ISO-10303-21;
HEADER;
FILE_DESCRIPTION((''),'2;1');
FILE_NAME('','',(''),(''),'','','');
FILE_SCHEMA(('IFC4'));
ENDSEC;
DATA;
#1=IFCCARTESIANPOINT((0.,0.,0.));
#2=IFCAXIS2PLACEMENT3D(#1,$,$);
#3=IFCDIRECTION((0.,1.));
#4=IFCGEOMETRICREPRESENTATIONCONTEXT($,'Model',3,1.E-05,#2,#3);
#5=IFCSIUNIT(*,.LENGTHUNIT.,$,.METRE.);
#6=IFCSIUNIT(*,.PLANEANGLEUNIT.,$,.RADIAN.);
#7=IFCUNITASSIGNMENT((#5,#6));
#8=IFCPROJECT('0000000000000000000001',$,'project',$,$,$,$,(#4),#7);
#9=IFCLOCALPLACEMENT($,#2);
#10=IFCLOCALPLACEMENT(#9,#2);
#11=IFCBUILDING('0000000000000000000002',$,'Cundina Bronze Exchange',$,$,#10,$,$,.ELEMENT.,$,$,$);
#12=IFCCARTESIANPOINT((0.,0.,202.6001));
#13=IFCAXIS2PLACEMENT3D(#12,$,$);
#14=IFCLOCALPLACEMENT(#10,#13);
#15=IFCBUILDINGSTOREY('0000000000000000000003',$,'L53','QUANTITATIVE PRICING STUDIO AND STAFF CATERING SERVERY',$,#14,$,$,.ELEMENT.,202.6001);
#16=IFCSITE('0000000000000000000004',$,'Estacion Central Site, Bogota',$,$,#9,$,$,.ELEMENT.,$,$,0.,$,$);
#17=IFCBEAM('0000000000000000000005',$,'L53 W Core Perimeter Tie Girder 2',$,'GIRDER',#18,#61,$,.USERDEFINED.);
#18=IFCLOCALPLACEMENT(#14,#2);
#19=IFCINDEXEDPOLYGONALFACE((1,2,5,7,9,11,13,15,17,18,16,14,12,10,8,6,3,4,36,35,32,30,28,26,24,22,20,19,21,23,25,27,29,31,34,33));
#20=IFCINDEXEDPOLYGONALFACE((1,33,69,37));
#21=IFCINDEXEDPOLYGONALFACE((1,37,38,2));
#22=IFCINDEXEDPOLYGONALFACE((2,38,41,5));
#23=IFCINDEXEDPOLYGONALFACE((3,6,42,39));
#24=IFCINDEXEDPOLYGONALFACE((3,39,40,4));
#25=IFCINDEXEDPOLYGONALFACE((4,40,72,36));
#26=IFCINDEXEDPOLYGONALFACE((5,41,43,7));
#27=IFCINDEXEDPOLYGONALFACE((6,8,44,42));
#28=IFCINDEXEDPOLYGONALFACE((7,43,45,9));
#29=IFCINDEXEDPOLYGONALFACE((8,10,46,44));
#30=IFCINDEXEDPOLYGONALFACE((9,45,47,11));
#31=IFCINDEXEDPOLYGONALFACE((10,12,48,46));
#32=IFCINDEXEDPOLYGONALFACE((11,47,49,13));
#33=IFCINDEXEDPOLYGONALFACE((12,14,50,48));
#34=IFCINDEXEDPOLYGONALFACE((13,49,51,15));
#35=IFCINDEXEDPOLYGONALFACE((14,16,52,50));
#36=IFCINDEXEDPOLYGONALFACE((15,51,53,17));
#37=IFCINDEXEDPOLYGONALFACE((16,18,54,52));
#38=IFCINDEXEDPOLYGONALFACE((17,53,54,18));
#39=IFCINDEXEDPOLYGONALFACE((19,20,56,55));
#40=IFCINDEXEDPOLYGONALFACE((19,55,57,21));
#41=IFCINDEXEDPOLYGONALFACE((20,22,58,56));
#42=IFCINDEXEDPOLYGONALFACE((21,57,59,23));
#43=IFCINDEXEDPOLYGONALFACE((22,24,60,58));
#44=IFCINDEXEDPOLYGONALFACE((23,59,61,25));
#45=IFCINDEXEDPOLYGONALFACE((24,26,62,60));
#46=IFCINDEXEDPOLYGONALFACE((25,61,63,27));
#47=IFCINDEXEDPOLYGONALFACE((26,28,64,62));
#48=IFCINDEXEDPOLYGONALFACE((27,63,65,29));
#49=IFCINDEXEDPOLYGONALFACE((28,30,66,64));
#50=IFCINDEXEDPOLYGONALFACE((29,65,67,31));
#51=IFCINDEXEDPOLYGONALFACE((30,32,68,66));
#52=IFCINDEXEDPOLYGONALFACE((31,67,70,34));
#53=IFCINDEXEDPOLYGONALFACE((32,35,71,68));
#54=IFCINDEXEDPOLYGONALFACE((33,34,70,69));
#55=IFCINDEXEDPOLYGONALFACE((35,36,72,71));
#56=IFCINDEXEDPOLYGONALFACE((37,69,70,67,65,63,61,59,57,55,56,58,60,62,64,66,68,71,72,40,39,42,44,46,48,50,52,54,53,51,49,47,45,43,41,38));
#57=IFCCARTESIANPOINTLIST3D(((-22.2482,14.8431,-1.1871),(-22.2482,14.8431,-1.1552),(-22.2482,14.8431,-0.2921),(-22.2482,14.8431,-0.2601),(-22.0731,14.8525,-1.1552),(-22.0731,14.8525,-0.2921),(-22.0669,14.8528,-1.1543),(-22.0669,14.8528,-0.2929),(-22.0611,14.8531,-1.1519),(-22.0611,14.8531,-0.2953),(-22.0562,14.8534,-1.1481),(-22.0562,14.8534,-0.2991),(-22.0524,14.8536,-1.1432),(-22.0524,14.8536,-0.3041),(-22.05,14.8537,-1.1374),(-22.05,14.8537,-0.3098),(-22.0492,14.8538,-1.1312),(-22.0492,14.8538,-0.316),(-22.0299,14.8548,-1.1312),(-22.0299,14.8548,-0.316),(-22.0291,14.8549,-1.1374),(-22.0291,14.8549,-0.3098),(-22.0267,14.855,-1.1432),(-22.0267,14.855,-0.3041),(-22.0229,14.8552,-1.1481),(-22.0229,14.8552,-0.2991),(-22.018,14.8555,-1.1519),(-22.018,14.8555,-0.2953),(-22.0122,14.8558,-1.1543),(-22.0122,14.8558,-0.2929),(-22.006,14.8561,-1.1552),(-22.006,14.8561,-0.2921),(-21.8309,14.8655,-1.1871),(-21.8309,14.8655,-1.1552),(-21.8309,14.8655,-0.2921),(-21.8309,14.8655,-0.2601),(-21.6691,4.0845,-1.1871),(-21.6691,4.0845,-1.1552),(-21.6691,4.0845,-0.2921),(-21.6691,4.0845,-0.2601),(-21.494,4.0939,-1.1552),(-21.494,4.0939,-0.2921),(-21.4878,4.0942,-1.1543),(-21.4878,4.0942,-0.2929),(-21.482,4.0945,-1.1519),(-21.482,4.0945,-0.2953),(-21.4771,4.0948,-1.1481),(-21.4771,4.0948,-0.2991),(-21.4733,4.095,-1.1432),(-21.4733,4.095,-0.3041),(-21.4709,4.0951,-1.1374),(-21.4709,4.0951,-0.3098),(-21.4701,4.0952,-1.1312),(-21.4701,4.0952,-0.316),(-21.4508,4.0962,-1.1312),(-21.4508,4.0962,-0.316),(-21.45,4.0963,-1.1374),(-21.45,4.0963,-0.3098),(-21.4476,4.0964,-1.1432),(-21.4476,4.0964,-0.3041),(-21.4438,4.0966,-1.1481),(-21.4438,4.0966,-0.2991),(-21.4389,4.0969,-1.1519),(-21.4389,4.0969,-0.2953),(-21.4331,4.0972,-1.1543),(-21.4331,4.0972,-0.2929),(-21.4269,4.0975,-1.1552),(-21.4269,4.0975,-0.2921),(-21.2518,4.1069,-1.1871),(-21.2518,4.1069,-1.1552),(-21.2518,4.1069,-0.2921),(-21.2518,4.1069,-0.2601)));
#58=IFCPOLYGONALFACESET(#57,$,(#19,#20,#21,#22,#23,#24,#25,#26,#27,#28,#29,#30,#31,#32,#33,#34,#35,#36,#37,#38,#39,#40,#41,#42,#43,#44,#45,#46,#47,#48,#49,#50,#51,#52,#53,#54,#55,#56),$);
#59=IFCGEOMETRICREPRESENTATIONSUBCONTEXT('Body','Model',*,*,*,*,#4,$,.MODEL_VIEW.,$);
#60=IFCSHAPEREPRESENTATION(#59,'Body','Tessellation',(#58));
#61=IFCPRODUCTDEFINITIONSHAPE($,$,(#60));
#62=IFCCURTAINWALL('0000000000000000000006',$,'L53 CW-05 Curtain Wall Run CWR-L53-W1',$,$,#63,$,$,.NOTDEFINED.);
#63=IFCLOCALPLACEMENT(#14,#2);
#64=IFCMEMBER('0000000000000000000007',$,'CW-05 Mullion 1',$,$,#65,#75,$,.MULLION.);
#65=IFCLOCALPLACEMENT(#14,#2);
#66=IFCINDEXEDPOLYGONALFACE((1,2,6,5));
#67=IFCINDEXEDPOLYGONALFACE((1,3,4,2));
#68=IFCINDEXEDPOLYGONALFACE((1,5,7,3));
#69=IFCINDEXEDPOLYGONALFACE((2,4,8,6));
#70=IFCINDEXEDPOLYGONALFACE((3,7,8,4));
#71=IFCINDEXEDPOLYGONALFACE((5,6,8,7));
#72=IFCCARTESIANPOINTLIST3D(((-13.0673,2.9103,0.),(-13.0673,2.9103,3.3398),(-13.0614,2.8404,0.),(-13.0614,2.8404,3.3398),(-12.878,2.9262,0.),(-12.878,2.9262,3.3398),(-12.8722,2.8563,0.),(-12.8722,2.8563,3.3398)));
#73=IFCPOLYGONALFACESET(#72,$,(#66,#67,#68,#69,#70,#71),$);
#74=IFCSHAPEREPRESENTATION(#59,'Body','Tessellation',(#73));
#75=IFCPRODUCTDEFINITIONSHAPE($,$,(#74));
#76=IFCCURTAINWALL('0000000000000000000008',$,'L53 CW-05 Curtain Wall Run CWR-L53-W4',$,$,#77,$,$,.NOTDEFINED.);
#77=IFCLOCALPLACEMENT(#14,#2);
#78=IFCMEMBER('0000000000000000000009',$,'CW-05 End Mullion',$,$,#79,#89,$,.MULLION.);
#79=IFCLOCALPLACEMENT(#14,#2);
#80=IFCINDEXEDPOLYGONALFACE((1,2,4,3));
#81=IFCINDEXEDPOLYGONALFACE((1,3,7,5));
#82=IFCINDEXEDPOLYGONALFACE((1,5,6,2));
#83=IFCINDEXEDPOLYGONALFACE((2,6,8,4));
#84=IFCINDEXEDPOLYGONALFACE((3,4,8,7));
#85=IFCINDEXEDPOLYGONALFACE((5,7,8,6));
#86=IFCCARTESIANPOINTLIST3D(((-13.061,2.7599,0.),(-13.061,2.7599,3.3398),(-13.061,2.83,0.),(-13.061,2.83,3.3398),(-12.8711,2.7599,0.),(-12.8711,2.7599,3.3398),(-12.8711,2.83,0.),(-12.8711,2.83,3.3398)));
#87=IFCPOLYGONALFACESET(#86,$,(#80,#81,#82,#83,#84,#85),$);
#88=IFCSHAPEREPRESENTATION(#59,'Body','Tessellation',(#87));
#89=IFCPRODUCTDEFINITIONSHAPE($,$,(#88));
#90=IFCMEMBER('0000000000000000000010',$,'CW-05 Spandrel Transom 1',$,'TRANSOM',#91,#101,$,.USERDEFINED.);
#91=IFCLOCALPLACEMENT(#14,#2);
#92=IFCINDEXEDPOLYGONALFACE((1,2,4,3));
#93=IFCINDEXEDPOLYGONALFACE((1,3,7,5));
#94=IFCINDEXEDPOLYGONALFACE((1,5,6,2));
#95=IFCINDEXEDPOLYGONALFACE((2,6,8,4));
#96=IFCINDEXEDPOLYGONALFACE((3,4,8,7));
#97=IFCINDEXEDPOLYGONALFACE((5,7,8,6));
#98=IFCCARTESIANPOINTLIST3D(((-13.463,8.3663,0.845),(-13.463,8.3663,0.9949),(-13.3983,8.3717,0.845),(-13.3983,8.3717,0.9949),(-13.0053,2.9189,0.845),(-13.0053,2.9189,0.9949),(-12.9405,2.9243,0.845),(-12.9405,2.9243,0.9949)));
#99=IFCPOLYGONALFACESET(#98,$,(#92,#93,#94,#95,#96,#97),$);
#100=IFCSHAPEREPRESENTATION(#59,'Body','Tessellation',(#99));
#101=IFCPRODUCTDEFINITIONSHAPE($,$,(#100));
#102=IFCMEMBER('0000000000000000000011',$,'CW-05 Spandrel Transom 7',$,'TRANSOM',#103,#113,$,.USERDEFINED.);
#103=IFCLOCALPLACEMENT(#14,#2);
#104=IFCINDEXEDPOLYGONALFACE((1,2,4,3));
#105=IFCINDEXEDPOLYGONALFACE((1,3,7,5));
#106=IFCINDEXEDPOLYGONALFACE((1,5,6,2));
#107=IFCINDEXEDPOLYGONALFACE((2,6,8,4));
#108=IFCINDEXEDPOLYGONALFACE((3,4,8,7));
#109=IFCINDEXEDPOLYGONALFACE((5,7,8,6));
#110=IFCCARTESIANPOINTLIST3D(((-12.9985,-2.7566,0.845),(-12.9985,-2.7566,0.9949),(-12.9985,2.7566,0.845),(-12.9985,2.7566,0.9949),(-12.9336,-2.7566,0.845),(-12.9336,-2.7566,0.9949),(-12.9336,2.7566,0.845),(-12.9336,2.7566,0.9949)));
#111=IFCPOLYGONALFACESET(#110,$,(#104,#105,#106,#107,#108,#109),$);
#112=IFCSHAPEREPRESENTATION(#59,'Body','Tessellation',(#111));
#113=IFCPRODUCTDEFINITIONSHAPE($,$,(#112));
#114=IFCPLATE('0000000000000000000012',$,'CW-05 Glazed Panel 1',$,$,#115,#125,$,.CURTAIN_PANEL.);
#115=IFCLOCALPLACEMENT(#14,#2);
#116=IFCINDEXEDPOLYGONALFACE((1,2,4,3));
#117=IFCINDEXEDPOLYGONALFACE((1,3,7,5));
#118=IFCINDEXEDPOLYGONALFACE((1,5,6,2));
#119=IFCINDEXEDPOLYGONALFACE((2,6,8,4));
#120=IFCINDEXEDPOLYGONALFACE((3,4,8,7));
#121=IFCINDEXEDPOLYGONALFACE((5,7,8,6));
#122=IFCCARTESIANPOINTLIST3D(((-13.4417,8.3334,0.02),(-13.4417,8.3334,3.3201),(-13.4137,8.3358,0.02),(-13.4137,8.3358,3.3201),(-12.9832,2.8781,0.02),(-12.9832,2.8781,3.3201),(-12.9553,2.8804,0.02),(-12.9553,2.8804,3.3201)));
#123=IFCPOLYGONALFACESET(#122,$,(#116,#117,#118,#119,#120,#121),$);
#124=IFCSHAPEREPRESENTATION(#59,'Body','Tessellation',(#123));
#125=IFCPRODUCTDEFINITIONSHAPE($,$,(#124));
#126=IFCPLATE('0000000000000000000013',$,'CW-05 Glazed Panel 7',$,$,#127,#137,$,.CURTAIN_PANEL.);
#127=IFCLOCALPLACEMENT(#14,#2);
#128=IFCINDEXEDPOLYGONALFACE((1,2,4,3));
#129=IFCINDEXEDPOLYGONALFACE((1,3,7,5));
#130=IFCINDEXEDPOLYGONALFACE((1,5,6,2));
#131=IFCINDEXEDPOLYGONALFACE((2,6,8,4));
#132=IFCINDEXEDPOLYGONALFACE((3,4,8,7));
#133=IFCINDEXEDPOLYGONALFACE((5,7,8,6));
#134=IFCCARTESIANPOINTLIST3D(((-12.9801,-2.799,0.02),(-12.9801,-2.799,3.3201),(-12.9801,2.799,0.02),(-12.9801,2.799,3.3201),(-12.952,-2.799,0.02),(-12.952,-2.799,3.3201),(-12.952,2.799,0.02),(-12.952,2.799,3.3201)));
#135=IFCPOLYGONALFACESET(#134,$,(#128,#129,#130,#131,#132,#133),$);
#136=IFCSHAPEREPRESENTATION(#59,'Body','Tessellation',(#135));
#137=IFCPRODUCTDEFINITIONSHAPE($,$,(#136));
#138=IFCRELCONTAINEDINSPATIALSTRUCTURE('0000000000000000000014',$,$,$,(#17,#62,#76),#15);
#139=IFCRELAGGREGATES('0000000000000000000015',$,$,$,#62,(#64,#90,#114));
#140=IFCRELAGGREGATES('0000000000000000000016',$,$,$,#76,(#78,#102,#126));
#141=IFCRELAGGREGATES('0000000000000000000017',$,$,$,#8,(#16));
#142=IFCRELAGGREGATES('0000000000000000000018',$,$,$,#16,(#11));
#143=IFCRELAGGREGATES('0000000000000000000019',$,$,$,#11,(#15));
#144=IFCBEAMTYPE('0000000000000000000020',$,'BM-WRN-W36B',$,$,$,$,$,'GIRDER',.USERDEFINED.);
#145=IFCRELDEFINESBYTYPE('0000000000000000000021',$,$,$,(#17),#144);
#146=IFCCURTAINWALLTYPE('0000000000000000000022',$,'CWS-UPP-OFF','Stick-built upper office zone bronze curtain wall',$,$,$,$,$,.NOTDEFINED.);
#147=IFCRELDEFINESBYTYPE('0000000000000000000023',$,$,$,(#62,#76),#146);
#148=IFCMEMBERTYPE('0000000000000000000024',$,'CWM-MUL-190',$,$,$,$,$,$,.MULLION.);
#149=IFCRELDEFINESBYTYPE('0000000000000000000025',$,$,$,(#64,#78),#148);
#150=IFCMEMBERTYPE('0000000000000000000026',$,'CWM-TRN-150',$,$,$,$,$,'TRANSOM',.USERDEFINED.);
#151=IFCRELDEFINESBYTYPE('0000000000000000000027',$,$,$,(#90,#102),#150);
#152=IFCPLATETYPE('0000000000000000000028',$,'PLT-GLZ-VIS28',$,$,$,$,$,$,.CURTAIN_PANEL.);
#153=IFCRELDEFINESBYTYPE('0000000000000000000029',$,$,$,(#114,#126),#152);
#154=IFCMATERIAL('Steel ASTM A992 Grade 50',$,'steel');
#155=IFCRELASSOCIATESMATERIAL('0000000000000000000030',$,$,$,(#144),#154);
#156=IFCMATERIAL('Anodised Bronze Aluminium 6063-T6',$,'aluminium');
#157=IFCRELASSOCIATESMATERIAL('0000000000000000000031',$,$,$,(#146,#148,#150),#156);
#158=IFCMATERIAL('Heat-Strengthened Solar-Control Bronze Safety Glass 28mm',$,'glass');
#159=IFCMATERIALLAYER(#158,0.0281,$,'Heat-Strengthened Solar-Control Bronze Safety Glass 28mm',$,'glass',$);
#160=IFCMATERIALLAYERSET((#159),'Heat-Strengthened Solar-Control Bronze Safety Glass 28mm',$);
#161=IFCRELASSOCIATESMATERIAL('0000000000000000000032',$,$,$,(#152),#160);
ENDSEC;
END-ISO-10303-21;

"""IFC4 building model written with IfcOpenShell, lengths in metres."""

from ifc_helpers import new_model, si_unit, direction, frame, origin, origin_2d, place, context, subcontext, project, spatial, rectangle, i_section, extrude, material, layer, layer_set, material_profile, profile_set, type_object, element, aggregate, save


model = new_model("IFC4")

# Units and contexts
model_context = context("Model", 3, precision=1e-05, world=origin(), true_north=direction((0.0, 1.0)))
body_context = subcontext(model_context, "Body", "Model", "MODEL_VIEW")
ifc_project = project(units=[si_unit("LENGTHUNIT", "METRE"), si_unit("PLANEANGLEUNIT", "RADIAN")], contexts=[model_context])

# Site, building, storey
site_placement = place(None, origin())
site = spatial("IfcSite", under=ifc_project, at=site_placement, Name="Estacion Central Site, Bogota", CompositionType="ELEMENT", RefElevation=0.0)
building_placement = place(site_placement, origin())
building = spatial("IfcBuilding", under=site, at=building_placement, Name="Cundina Bronze Exchange", CompositionType="ELEMENT")
storey_placement = place(building_placement, frame((0.0, 0.0, 202.6001)))
storey = spatial("IfcBuildingStorey", under=building, at=storey_placement, Name="L53", Description="QUANTITATIVE PRICING STUDIO AND STAFF CATERING SERVERY", CompositionType="ELEMENT", Elevation=202.6001)

# Shared definitions
ifc_material_1 = material(Name="Steel ASTM A992 Grade 50", Category="steel")

# Beam
ifc_material_profile_1 = material_profile(ifc_material_1, i_section(OverallWidth=0.418, OverallDepth=0.927, WebThickness=0.0193, FlangeThickness=0.032, FilletRadius=0.0239, at=origin_2d()), Name="W36X231", Category="steel")
ifc_profile_set_1 = profile_set([ifc_material_profile_1], Name="Steel ASTM A992 Grade 50")
beam_type_1 = type_object("IfcBeamType", Name="BM-WRN-W36B", ElementType="GIRDER", PredefinedType="USERDEFINED", material=ifc_profile_set_1)
beam_1_placement = place(storey_placement, frame((-21.4604, 4.0957, -0.7236), z_axis=(-0.053749, 0.998554, 0.0), x_axis=(-0.998554, -0.053749, 0.0)))
element("IfcBeam", 1, at=beam_1_placement, inside=storey, type_object=beam_type_1, Name="L53 W Core Perimeter Tie Girder 2", ObjectType="GIRDER", PredefinedType="USERDEFINED", context=body_context, shape_type="SweptSolid", body=[
    extrude(i_section(OverallWidth=0.418, OverallDepth=0.927, WebThickness=0.0193, FlangeThickness=0.032, FilletRadius=0.0239, at=origin_2d()), origin(), (0.0, 0.0, 1.0), 10.7742),
])

# Curtain walls, members
ifc_material_2 = material(Name="Anodised Bronze Aluminium 6063-T6", Category="aluminium")
curtain_wall_type = type_object("IfcCurtainWallType", Name="CWS-UPP-OFF", Description="Stick-built upper office zone bronze curtain wall", PredefinedType="NOTDEFINED", material=ifc_material_2)
curtain_wall_1_placement = place(storey_placement, origin())
curtain_wall_1 = element("IfcCurtainWall", 2, at=curtain_wall_1_placement, inside=storey, type_object=curtain_wall_type, Name="L53 CW-05 Curtain Wall Run CWR-L53-W1", PredefinedType="NOTDEFINED")
ifc_material_profile_2 = material_profile(ifc_material_2, rectangle(XDim=0.0701, YDim=0.1899, at=origin_2d()), Name="AL70X190", Category="aluminium")
ifc_profile_set_2 = profile_set([ifc_material_profile_2], Name="Anodised Bronze Aluminium 6063-T6")
member_type_1 = type_object("IfcMemberType", Name="CWM-MUL-190", PredefinedType="MULLION", material=ifc_profile_set_2)
member_1_placement = place(storey_placement, frame((-12.9697, 2.8833, 0.0), z_axis=(0.0, 0.0, 1.0), x_axis=(-0.083678, 0.996493, 0.0)))
member_1 = element("IfcMember", 3, at=member_1_placement, type_object=member_type_1, Name="CW-05 Mullion 1", PredefinedType="MULLION", context=body_context, shape_type="SweptSolid", body=[
    extrude(rectangle(XDim=0.0701, YDim=0.1899, at=origin_2d()), origin(), (0.0, 0.0, 1.0), 3.3398),
])
curtain_wall_2_placement = place(storey_placement, origin())
curtain_wall_2 = element("IfcCurtainWall", 4, at=curtain_wall_2_placement, inside=storey, type_object=curtain_wall_type, Name="L53 CW-05 Curtain Wall Run CWR-L53-W4", PredefinedType="NOTDEFINED")
member_2_placement = place(storey_placement, frame((-12.9661, 2.7949, 0.0), z_axis=(0.0, 0.0, 1.0), x_axis=(0.0, 1.0, 0.0)))
member_2 = element("IfcMember", 5, at=member_2_placement, type_object=member_type_1, Name="CW-05 End Mullion", PredefinedType="MULLION", context=body_context, shape_type="SweptSolid", body=[
    extrude(rectangle(XDim=0.0701, YDim=0.1899, at=origin_2d()), origin(), (0.0, 0.0, 1.0), 3.3398),
])

# Members
ifc_material_profile_3 = material_profile(ifc_material_2, rectangle(XDim=0.0649, YDim=0.1499, at=origin_2d()), Name="AL65X150", Category="aluminium")
ifc_profile_set_3 = profile_set([ifc_material_profile_3], Name="Anodised Bronze Aluminium 6063-T6")
member_type_2 = type_object("IfcMemberType", Name="CWM-TRN-150", ElementType="TRANSOM", PredefinedType="USERDEFINED", material=ifc_profile_set_3)
member_3_placement = place(storey_placement, frame((-12.9729, 2.9216, 0.9199), z_axis=(-0.08374, 0.996488, 0.0), x_axis=(-0.996488, -0.08374, 0.0)))
member_3 = element("IfcMember", 6, at=member_3_placement, type_object=member_type_2, Name="CW-05 Spandrel Transom 1", ObjectType="TRANSOM", PredefinedType="USERDEFINED", context=body_context, shape_type="SweptSolid", body=[
    extrude(rectangle(XDim=0.0649, YDim=0.1499, at=origin_2d()), origin(), (0.0, 0.0, 1.0), 5.4666),
])
member_4_placement = place(storey_placement, frame((-12.9661, -2.7566, 0.9199), z_axis=(0.0, 1.0, 0.0), x_axis=(-1.0, 0.0, 0.0)))
member_4 = element("IfcMember", 7, at=member_4_placement, type_object=member_type_2, Name="CW-05 Spandrel Transom 7", ObjectType="TRANSOM", PredefinedType="USERDEFINED", context=body_context, shape_type="SweptSolid", body=[
    extrude(rectangle(XDim=0.0649, YDim=0.1499, at=origin_2d()), origin(), (0.0, 0.0, 1.0), 5.5132),
])

# Plates
ifc_material_3 = material(Name="Heat-Strengthened Solar-Control Bronze Safety Glass 28mm", Category="glass")
ifc_layer_1 = layer(ifc_material_3, 0.0281, Name="Heat-Strengthened Solar-Control Bronze Safety Glass 28mm", Category="glass")
ifc_layer_set_1 = layer_set([ifc_layer_1], Name="Heat-Strengthened Solar-Control Bronze Safety Glass 28mm")
plate_type = type_object("IfcPlateType", Name="PLT-GLZ-VIS28", PredefinedType="CURTAIN_PANEL", material=ifc_layer_set_1)
plate_1_placement = place(storey_placement, frame((-13.1985, 5.6069, 0.02), z_axis=(0.0, 0.0, 1.0), x_axis=(-0.083747, 0.996487, 0.0)))
plate_1 = element("IfcPlate", 8, at=plate_1_placement, type_object=plate_type, Name="CW-05 Glazed Panel 1", PredefinedType="CURTAIN_PANEL", context=body_context, shape_type="SweptSolid", body=[
    extrude(rectangle(XDim=5.4746, YDim=0.0281, at=origin_2d()), origin(), (0.0, 0.0, 1.0), 3.3),
])
aggregate(curtain_wall_1, [member_1, member_3, plate_1])
plate_2_placement = place(storey_placement, frame((-12.9661, 0.0, 0.02), z_axis=(0.0, 0.0, 1.0), x_axis=(0.0, 1.0, 0.0)))
plate_2 = element("IfcPlate", 9, at=plate_2_placement, type_object=plate_type, Name="CW-05 Glazed Panel 7", PredefinedType="CURTAIN_PANEL", context=body_context, shape_type="SweptSolid", body=[
    extrude(rectangle(XDim=5.5979, YDim=0.0281, at=origin_2d()), origin(), (0.0, 0.0, 1.0), 3.3),
])
aggregate(curtain_wall_2, [member_2, member_4, plate_2])

save(model, "model.ifc")
